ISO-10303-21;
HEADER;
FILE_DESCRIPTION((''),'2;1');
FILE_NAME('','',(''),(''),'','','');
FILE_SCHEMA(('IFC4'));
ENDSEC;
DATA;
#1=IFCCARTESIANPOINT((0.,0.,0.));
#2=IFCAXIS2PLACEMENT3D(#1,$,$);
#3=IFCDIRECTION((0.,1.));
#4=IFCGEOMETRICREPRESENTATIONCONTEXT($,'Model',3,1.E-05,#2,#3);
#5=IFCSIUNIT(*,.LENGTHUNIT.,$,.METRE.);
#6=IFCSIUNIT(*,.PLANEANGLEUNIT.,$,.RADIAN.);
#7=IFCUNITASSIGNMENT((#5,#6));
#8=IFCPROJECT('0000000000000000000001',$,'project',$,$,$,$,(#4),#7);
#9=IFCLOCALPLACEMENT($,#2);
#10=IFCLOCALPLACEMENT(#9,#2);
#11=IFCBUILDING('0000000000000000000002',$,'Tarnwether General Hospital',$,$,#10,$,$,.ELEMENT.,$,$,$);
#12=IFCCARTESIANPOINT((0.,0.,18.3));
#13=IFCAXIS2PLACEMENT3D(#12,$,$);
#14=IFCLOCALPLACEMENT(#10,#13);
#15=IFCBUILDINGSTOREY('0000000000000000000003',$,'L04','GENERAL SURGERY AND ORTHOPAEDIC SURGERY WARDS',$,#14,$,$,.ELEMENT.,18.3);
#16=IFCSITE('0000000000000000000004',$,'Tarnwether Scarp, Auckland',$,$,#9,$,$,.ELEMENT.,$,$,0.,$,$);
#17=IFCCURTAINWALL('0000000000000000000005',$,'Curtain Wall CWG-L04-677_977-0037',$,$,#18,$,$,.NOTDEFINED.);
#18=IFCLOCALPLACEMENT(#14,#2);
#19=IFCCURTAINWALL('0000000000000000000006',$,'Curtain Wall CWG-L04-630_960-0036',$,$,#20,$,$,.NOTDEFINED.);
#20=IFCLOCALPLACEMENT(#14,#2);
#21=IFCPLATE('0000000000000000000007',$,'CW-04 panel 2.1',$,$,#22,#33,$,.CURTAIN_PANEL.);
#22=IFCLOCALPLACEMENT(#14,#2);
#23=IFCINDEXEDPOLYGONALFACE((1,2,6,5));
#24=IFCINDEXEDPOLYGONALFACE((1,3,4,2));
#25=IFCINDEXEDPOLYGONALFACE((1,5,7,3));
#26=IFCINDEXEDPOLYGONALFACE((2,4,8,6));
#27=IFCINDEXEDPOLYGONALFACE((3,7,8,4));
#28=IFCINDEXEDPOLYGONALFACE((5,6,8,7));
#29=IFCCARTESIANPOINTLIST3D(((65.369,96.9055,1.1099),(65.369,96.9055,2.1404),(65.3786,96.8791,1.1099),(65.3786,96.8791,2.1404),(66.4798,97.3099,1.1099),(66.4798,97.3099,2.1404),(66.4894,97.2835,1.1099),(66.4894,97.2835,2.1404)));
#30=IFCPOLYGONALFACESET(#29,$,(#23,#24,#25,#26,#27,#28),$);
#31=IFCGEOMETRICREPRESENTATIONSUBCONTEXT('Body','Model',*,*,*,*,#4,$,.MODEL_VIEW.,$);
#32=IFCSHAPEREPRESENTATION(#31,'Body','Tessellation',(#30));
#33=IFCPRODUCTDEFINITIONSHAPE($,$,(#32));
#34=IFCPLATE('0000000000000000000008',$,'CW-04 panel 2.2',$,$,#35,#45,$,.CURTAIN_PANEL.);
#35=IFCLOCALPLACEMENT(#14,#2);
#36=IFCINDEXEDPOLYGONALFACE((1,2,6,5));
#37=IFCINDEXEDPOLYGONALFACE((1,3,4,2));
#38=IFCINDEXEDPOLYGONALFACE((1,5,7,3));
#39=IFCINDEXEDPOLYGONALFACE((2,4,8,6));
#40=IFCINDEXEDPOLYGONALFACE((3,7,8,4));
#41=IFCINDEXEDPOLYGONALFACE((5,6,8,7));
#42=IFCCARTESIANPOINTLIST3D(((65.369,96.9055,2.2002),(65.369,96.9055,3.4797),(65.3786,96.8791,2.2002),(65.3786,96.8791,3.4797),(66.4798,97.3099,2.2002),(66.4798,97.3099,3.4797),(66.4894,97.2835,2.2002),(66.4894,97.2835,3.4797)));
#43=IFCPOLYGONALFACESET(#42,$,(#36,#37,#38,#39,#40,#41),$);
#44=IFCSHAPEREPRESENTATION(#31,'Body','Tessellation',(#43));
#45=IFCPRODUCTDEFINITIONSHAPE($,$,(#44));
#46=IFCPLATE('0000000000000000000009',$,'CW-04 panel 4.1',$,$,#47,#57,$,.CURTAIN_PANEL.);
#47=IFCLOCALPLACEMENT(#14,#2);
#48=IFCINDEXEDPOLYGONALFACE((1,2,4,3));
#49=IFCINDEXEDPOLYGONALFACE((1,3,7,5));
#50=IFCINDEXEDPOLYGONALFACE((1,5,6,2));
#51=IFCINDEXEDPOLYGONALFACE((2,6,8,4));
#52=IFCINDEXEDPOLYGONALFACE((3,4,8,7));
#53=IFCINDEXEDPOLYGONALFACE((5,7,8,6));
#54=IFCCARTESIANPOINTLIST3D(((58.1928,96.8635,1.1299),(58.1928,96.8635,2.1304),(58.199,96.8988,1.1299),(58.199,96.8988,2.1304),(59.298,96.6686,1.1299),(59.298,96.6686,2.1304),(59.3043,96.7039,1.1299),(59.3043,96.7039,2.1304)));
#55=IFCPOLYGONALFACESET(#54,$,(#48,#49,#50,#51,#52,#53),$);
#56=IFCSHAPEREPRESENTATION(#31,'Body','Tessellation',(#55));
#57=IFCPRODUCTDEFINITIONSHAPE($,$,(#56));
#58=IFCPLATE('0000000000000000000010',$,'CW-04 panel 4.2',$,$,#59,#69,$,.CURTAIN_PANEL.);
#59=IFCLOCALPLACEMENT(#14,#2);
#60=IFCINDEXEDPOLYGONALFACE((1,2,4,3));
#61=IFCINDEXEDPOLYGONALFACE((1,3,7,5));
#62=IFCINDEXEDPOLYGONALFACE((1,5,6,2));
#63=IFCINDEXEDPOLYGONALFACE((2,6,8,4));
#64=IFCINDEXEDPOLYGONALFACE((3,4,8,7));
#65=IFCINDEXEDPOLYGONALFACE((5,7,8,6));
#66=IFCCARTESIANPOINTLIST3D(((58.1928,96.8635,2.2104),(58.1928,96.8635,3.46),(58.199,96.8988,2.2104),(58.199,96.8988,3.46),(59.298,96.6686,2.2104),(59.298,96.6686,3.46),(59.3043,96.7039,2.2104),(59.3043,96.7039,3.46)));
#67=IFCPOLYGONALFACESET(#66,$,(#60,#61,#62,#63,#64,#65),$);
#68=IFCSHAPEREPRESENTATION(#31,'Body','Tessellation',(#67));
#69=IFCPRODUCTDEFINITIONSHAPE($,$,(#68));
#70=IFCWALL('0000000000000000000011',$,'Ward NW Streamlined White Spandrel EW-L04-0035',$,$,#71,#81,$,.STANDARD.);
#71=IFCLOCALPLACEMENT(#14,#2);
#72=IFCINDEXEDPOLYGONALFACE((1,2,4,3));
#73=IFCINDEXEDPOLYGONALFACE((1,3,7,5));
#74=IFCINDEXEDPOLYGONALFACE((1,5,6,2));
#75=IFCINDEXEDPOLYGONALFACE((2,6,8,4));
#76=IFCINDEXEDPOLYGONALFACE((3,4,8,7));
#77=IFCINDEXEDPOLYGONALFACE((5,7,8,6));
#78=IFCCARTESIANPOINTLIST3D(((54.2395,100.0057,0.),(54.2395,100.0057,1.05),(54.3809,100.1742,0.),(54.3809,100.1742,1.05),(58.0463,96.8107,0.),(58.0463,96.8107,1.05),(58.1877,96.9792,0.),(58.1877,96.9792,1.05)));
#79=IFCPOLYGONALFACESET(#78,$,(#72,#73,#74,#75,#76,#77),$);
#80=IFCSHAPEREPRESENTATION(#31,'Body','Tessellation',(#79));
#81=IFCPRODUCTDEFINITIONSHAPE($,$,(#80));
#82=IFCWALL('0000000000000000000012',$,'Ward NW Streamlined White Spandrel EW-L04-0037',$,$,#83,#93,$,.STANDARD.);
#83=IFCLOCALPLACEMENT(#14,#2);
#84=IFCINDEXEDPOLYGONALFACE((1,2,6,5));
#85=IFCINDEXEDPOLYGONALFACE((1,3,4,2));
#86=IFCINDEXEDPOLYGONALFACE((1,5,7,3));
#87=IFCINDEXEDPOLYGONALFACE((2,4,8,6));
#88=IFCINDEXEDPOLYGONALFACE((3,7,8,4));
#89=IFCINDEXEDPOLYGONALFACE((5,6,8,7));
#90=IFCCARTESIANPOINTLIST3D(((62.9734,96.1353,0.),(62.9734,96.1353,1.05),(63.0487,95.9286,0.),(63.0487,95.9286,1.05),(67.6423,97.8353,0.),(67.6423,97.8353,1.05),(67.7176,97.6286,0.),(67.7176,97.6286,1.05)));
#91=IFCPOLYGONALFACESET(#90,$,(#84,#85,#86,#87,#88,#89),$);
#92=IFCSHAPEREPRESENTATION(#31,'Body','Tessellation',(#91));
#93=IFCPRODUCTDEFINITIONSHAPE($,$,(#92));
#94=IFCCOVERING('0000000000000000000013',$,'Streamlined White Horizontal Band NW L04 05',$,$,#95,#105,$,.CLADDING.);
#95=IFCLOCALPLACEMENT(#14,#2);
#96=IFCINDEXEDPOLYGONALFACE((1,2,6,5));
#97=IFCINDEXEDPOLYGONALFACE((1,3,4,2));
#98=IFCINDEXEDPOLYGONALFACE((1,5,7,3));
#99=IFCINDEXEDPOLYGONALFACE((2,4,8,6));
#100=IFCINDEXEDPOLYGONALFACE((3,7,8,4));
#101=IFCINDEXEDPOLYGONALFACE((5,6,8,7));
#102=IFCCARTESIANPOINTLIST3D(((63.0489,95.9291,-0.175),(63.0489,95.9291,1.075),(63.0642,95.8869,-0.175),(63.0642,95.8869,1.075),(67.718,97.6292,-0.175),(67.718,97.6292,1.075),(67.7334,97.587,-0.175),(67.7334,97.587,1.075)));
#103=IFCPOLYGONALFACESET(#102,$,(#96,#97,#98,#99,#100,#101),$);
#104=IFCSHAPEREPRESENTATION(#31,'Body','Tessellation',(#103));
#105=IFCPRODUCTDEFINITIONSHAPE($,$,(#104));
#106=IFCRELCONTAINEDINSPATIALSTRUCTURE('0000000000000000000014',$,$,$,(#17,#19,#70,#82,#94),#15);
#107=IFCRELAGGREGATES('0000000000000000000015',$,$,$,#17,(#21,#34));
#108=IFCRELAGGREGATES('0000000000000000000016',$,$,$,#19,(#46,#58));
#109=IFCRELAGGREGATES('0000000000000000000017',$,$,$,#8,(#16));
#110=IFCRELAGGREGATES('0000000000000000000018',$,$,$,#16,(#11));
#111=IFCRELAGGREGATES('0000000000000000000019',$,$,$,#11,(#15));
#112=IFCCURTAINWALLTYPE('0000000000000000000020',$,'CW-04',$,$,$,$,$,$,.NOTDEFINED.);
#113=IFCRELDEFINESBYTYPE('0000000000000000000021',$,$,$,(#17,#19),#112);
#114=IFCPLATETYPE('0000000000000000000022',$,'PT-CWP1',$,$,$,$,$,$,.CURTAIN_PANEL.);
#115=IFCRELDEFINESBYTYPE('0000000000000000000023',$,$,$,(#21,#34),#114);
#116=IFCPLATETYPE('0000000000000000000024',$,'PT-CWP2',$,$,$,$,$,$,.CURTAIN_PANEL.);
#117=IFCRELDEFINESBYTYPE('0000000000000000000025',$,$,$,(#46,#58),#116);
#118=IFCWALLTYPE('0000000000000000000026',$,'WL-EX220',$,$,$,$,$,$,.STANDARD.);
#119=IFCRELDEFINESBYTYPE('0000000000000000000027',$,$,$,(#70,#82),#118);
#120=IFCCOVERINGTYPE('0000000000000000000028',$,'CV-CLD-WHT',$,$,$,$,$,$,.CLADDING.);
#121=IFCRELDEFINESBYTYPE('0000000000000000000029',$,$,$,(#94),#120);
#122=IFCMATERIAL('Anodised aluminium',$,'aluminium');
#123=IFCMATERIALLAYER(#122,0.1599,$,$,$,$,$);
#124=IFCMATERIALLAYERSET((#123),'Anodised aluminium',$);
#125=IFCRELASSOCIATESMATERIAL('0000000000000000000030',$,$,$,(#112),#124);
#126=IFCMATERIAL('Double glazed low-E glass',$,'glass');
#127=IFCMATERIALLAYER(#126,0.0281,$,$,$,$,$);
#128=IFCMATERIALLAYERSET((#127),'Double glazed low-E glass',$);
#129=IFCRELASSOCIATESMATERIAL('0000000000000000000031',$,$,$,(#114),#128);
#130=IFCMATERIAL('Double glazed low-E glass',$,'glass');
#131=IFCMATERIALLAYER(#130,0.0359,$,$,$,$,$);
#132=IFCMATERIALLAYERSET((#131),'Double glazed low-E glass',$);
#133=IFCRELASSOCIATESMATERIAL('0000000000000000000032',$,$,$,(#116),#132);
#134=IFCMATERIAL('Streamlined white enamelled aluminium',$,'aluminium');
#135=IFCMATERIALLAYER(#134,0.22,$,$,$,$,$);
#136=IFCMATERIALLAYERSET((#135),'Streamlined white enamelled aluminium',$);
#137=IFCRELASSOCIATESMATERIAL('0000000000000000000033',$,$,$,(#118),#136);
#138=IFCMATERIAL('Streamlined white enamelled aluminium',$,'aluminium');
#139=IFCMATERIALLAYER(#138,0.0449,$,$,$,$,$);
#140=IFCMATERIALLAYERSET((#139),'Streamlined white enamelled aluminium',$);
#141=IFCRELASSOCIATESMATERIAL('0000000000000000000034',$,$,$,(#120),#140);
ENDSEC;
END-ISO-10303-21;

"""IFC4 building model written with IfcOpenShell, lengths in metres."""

from ifc_helpers import new_model, si_unit, direction, frame, frame_2d, origin, origin_2d, place, context, subcontext, project, spatial, rectangle, extrude, material, layer, layer_set, type_object, element, aggregate, save


model = new_model("IFC4")

# Units and contexts
model_context = context("Model", 3, precision=1e-05, world=origin(), true_north=direction((0.0, 1.0)))
body_context = subcontext(model_context, "Body", "Model", "MODEL_VIEW")
ifc_project = project(units=[si_unit("LENGTHUNIT", "METRE"), si_unit("PLANEANGLEUNIT", "RADIAN")], contexts=[model_context])

# Site, building, storey
site_placement = place(None, origin())
site = spatial("IfcSite", under=ifc_project, at=site_placement, Name="Tarnwether Scarp, Auckland", CompositionType="ELEMENT", RefElevation=0.0)
building_placement = place(site_placement, origin())
building = spatial("IfcBuilding", under=site, at=building_placement, Name="Tarnwether General Hospital", CompositionType="ELEMENT")
storey_placement = place(building_placement, frame((0.0, 0.0, 18.3)))
storey = spatial("IfcBuildingStorey", under=building, at=storey_placement, Name="L04", Description="GENERAL SURGERY AND ORTHOPAEDIC SURGERY WARDS", CompositionType="ELEMENT", Elevation=18.3)

# Curtain wall
ifc_material_1 = material(Name="Anodised aluminium", Category="aluminium")
ifc_layer_1 = layer(ifc_material_1, 0.1599)
ifc_layer_set_1 = layer_set([ifc_layer_1], Name="Anodised aluminium")
curtain_wall_type = type_object("IfcCurtainWallType", Name="CW-04", PredefinedType="NOTDEFINED", material=ifc_layer_set_1)
curtain_wall_1_placement = place(storey_placement, origin())
curtain_wall_1 = element("IfcCurtainWall", 1, at=curtain_wall_1_placement, inside=storey, type_object=curtain_wall_type, Name="Curtain Wall CWG-L04-677_977-0037", PredefinedType="NOTDEFINED")

# Curtain wall
curtain_wall_2_placement = place(storey_placement, origin())
curtain_wall_2 = element("IfcCurtainWall", 2, at=curtain_wall_2_placement, inside=storey, type_object=curtain_wall_type, Name="Curtain Wall CWG-L04-630_960-0036", PredefinedType="NOTDEFINED")

# Plates
ifc_material_2 = material(Name="Double glazed low-E glass", Category="glass")
ifc_layer_2 = layer(ifc_material_2, 0.0281)
ifc_layer_set_2 = layer_set([ifc_layer_2], Name="Double glazed low-E glass")
plate_type_1 = type_object("IfcPlateType", Name="PT-CWP1", PredefinedType="CURTAIN_PANEL", material=ifc_layer_set_2)
plate_1_placement = place(storey_placement, frame((65.9292, 97.0945, 1.1099), z_axis=(0.0, 0.0, 1.0), x_axis=(-0.939652, -0.342131, 0.0)))
plate_1 = element("IfcPlate", 3, at=plate_1_placement, type_object=plate_type_1, Name="CW-04 panel 2.1", PredefinedType="CURTAIN_PANEL", context=body_context, shape_type="SweptSolid", body=[
    extrude(rectangle(XDim=1.1821, YDim=0.0281, at=origin_2d()), origin(), (0.0, 0.0, 1.0), 1.0305),
])
plate_2_placement = place(storey_placement, frame((65.9292, 97.0945, 2.2002), z_axis=(0.0, 0.0, 1.0), x_axis=(-0.939652, -0.342131, 0.0)))
plate_2 = element("IfcPlate", 4, at=plate_2_placement, type_object=plate_type_1, Name="CW-04 panel 2.2", PredefinedType="CURTAIN_PANEL", context=body_context, shape_type="SweptSolid", body=[
    extrude(rectangle(XDim=1.1821, YDim=0.0281, at=origin_2d()), origin(), (0.0, 0.0, 1.0), 1.2795),
])
aggregate(curtain_wall_1, [plate_1, plate_2])
ifc_material_3 = material(Name="Double glazed low-E glass", Category="glass")
ifc_layer_3 = layer(ifc_material_3, 0.0359)
ifc_layer_set_3 = layer_set([ifc_layer_3], Name="Double glazed low-E glass")
plate_type_2 = type_object("IfcPlateType", Name="PT-CWP2", PredefinedType="CURTAIN_PANEL", material=ifc_layer_set_3)
plate_3_placement = place(storey_placement, frame((58.7485, 96.7837, 1.1299), z_axis=(0.0, 0.0, 1.0), x_axis=(-0.984806, 0.173659, 0.0)))
plate_3 = element("IfcPlate", 5, at=plate_3_placement, type_object=plate_type_2, Name="CW-04 panel 4.1", PredefinedType="CURTAIN_PANEL", context=body_context, shape_type="SweptSolid", body=[
    extrude(rectangle(XDim=1.1223, YDim=0.0359, at=origin_2d()), origin(), (0.0, 0.0, 1.0), 1.0005),
])
plate_4_placement = place(storey_placement, frame((58.7485, 96.7837, 2.2104), z_axis=(0.0, 0.0, 1.0), x_axis=(-0.984806, 0.173659, 0.0)))
plate_4 = element("IfcPlate", 6, at=plate_4_placement, type_object=plate_type_2, Name="CW-04 panel 4.2", PredefinedType="CURTAIN_PANEL", context=body_context, shape_type="SweptSolid", body=[
    extrude(rectangle(XDim=1.1223, YDim=0.0359, at=origin_2d()), origin(), (0.0, 0.0, 1.0), 1.2495),
])
aggregate(curtain_wall_2, [plate_3, plate_4])

# Walls
ifc_material_4 = material(Name="Streamlined white enamelled aluminium", Category="aluminium")
ifc_layer_4 = layer(ifc_material_4, 0.22)
ifc_layer_set_4 = layer_set([ifc_layer_4], Name="Streamlined white enamelled aluminium")
wall_type = type_object("IfcWallType", Name="WL-EX220", PredefinedType="STANDARD", material=ifc_layer_set_4)
wall_1_placement = place(storey_placement, frame((58.1169, 96.895, 0.0), z_axis=(0.0, 0.0, 1.0), x_axis=(-0.765974, 0.642872, 0.0)))
element("IfcWall", 7, at=wall_1_placement, inside=storey, type_object=wall_type, Name="Ward NW Streamlined White Spandrel EW-L04-0035", PredefinedType="STANDARD", context=body_context, shape_type="SweptSolid", body=[
    extrude(rectangle(XDim=4.97, YDim=0.22, at=frame_2d((2.4849, 0.0))), origin(), (0.0, 0.0, 1.0), 1.05),
])
wall_2_placement = place(storey_placement, frame((67.6799, 97.7319, 0.0), z_axis=(0.0, 0.0, 1.0), x_axis=(-0.939654, -0.342126, 0.0)))
element("IfcWall", 8, at=wall_2_placement, inside=storey, type_object=wall_type, Name="Ward NW Streamlined White Spandrel EW-L04-0037", PredefinedType="STANDARD", context=body_context, shape_type="SweptSolid", body=[
    extrude(rectangle(XDim=4.9688, YDim=0.22, at=frame_2d((2.4844, 0.0))), origin(), (0.0, 0.0, 1.0), 1.05),
])

# Covering
ifc_material_5 = material(Name="Streamlined white enamelled aluminium", Category="aluminium")
ifc_layer_5 = layer(ifc_material_5, 0.0449)
ifc_layer_set_5 = layer_set([ifc_layer_5], Name="Streamlined white enamelled aluminium")
covering_type = type_object("IfcCoveringType", Name="CV-CLD-WHT", PredefinedType="CLADDING", material=ifc_layer_set_5)
covering_placement = place(storey_placement, frame((65.3911, 96.7581, -0.175), z_axis=(0.0, 0.0, 1.0), x_axis=(-0.939651, -0.342135, 0.0)))
element("IfcCovering", 9, at=covering_placement, inside=storey, type_object=covering_type, Name="Streamlined White Horizontal Band NW L04 05", PredefinedType="CLADDING", context=body_context, shape_type="SweptSolid", body=[
    extrude(rectangle(XDim=4.969, YDim=0.0449, at=origin_2d()), origin(), (0.0, 0.0, 1.0), 1.25),
])

save(model, "model.ifc")
